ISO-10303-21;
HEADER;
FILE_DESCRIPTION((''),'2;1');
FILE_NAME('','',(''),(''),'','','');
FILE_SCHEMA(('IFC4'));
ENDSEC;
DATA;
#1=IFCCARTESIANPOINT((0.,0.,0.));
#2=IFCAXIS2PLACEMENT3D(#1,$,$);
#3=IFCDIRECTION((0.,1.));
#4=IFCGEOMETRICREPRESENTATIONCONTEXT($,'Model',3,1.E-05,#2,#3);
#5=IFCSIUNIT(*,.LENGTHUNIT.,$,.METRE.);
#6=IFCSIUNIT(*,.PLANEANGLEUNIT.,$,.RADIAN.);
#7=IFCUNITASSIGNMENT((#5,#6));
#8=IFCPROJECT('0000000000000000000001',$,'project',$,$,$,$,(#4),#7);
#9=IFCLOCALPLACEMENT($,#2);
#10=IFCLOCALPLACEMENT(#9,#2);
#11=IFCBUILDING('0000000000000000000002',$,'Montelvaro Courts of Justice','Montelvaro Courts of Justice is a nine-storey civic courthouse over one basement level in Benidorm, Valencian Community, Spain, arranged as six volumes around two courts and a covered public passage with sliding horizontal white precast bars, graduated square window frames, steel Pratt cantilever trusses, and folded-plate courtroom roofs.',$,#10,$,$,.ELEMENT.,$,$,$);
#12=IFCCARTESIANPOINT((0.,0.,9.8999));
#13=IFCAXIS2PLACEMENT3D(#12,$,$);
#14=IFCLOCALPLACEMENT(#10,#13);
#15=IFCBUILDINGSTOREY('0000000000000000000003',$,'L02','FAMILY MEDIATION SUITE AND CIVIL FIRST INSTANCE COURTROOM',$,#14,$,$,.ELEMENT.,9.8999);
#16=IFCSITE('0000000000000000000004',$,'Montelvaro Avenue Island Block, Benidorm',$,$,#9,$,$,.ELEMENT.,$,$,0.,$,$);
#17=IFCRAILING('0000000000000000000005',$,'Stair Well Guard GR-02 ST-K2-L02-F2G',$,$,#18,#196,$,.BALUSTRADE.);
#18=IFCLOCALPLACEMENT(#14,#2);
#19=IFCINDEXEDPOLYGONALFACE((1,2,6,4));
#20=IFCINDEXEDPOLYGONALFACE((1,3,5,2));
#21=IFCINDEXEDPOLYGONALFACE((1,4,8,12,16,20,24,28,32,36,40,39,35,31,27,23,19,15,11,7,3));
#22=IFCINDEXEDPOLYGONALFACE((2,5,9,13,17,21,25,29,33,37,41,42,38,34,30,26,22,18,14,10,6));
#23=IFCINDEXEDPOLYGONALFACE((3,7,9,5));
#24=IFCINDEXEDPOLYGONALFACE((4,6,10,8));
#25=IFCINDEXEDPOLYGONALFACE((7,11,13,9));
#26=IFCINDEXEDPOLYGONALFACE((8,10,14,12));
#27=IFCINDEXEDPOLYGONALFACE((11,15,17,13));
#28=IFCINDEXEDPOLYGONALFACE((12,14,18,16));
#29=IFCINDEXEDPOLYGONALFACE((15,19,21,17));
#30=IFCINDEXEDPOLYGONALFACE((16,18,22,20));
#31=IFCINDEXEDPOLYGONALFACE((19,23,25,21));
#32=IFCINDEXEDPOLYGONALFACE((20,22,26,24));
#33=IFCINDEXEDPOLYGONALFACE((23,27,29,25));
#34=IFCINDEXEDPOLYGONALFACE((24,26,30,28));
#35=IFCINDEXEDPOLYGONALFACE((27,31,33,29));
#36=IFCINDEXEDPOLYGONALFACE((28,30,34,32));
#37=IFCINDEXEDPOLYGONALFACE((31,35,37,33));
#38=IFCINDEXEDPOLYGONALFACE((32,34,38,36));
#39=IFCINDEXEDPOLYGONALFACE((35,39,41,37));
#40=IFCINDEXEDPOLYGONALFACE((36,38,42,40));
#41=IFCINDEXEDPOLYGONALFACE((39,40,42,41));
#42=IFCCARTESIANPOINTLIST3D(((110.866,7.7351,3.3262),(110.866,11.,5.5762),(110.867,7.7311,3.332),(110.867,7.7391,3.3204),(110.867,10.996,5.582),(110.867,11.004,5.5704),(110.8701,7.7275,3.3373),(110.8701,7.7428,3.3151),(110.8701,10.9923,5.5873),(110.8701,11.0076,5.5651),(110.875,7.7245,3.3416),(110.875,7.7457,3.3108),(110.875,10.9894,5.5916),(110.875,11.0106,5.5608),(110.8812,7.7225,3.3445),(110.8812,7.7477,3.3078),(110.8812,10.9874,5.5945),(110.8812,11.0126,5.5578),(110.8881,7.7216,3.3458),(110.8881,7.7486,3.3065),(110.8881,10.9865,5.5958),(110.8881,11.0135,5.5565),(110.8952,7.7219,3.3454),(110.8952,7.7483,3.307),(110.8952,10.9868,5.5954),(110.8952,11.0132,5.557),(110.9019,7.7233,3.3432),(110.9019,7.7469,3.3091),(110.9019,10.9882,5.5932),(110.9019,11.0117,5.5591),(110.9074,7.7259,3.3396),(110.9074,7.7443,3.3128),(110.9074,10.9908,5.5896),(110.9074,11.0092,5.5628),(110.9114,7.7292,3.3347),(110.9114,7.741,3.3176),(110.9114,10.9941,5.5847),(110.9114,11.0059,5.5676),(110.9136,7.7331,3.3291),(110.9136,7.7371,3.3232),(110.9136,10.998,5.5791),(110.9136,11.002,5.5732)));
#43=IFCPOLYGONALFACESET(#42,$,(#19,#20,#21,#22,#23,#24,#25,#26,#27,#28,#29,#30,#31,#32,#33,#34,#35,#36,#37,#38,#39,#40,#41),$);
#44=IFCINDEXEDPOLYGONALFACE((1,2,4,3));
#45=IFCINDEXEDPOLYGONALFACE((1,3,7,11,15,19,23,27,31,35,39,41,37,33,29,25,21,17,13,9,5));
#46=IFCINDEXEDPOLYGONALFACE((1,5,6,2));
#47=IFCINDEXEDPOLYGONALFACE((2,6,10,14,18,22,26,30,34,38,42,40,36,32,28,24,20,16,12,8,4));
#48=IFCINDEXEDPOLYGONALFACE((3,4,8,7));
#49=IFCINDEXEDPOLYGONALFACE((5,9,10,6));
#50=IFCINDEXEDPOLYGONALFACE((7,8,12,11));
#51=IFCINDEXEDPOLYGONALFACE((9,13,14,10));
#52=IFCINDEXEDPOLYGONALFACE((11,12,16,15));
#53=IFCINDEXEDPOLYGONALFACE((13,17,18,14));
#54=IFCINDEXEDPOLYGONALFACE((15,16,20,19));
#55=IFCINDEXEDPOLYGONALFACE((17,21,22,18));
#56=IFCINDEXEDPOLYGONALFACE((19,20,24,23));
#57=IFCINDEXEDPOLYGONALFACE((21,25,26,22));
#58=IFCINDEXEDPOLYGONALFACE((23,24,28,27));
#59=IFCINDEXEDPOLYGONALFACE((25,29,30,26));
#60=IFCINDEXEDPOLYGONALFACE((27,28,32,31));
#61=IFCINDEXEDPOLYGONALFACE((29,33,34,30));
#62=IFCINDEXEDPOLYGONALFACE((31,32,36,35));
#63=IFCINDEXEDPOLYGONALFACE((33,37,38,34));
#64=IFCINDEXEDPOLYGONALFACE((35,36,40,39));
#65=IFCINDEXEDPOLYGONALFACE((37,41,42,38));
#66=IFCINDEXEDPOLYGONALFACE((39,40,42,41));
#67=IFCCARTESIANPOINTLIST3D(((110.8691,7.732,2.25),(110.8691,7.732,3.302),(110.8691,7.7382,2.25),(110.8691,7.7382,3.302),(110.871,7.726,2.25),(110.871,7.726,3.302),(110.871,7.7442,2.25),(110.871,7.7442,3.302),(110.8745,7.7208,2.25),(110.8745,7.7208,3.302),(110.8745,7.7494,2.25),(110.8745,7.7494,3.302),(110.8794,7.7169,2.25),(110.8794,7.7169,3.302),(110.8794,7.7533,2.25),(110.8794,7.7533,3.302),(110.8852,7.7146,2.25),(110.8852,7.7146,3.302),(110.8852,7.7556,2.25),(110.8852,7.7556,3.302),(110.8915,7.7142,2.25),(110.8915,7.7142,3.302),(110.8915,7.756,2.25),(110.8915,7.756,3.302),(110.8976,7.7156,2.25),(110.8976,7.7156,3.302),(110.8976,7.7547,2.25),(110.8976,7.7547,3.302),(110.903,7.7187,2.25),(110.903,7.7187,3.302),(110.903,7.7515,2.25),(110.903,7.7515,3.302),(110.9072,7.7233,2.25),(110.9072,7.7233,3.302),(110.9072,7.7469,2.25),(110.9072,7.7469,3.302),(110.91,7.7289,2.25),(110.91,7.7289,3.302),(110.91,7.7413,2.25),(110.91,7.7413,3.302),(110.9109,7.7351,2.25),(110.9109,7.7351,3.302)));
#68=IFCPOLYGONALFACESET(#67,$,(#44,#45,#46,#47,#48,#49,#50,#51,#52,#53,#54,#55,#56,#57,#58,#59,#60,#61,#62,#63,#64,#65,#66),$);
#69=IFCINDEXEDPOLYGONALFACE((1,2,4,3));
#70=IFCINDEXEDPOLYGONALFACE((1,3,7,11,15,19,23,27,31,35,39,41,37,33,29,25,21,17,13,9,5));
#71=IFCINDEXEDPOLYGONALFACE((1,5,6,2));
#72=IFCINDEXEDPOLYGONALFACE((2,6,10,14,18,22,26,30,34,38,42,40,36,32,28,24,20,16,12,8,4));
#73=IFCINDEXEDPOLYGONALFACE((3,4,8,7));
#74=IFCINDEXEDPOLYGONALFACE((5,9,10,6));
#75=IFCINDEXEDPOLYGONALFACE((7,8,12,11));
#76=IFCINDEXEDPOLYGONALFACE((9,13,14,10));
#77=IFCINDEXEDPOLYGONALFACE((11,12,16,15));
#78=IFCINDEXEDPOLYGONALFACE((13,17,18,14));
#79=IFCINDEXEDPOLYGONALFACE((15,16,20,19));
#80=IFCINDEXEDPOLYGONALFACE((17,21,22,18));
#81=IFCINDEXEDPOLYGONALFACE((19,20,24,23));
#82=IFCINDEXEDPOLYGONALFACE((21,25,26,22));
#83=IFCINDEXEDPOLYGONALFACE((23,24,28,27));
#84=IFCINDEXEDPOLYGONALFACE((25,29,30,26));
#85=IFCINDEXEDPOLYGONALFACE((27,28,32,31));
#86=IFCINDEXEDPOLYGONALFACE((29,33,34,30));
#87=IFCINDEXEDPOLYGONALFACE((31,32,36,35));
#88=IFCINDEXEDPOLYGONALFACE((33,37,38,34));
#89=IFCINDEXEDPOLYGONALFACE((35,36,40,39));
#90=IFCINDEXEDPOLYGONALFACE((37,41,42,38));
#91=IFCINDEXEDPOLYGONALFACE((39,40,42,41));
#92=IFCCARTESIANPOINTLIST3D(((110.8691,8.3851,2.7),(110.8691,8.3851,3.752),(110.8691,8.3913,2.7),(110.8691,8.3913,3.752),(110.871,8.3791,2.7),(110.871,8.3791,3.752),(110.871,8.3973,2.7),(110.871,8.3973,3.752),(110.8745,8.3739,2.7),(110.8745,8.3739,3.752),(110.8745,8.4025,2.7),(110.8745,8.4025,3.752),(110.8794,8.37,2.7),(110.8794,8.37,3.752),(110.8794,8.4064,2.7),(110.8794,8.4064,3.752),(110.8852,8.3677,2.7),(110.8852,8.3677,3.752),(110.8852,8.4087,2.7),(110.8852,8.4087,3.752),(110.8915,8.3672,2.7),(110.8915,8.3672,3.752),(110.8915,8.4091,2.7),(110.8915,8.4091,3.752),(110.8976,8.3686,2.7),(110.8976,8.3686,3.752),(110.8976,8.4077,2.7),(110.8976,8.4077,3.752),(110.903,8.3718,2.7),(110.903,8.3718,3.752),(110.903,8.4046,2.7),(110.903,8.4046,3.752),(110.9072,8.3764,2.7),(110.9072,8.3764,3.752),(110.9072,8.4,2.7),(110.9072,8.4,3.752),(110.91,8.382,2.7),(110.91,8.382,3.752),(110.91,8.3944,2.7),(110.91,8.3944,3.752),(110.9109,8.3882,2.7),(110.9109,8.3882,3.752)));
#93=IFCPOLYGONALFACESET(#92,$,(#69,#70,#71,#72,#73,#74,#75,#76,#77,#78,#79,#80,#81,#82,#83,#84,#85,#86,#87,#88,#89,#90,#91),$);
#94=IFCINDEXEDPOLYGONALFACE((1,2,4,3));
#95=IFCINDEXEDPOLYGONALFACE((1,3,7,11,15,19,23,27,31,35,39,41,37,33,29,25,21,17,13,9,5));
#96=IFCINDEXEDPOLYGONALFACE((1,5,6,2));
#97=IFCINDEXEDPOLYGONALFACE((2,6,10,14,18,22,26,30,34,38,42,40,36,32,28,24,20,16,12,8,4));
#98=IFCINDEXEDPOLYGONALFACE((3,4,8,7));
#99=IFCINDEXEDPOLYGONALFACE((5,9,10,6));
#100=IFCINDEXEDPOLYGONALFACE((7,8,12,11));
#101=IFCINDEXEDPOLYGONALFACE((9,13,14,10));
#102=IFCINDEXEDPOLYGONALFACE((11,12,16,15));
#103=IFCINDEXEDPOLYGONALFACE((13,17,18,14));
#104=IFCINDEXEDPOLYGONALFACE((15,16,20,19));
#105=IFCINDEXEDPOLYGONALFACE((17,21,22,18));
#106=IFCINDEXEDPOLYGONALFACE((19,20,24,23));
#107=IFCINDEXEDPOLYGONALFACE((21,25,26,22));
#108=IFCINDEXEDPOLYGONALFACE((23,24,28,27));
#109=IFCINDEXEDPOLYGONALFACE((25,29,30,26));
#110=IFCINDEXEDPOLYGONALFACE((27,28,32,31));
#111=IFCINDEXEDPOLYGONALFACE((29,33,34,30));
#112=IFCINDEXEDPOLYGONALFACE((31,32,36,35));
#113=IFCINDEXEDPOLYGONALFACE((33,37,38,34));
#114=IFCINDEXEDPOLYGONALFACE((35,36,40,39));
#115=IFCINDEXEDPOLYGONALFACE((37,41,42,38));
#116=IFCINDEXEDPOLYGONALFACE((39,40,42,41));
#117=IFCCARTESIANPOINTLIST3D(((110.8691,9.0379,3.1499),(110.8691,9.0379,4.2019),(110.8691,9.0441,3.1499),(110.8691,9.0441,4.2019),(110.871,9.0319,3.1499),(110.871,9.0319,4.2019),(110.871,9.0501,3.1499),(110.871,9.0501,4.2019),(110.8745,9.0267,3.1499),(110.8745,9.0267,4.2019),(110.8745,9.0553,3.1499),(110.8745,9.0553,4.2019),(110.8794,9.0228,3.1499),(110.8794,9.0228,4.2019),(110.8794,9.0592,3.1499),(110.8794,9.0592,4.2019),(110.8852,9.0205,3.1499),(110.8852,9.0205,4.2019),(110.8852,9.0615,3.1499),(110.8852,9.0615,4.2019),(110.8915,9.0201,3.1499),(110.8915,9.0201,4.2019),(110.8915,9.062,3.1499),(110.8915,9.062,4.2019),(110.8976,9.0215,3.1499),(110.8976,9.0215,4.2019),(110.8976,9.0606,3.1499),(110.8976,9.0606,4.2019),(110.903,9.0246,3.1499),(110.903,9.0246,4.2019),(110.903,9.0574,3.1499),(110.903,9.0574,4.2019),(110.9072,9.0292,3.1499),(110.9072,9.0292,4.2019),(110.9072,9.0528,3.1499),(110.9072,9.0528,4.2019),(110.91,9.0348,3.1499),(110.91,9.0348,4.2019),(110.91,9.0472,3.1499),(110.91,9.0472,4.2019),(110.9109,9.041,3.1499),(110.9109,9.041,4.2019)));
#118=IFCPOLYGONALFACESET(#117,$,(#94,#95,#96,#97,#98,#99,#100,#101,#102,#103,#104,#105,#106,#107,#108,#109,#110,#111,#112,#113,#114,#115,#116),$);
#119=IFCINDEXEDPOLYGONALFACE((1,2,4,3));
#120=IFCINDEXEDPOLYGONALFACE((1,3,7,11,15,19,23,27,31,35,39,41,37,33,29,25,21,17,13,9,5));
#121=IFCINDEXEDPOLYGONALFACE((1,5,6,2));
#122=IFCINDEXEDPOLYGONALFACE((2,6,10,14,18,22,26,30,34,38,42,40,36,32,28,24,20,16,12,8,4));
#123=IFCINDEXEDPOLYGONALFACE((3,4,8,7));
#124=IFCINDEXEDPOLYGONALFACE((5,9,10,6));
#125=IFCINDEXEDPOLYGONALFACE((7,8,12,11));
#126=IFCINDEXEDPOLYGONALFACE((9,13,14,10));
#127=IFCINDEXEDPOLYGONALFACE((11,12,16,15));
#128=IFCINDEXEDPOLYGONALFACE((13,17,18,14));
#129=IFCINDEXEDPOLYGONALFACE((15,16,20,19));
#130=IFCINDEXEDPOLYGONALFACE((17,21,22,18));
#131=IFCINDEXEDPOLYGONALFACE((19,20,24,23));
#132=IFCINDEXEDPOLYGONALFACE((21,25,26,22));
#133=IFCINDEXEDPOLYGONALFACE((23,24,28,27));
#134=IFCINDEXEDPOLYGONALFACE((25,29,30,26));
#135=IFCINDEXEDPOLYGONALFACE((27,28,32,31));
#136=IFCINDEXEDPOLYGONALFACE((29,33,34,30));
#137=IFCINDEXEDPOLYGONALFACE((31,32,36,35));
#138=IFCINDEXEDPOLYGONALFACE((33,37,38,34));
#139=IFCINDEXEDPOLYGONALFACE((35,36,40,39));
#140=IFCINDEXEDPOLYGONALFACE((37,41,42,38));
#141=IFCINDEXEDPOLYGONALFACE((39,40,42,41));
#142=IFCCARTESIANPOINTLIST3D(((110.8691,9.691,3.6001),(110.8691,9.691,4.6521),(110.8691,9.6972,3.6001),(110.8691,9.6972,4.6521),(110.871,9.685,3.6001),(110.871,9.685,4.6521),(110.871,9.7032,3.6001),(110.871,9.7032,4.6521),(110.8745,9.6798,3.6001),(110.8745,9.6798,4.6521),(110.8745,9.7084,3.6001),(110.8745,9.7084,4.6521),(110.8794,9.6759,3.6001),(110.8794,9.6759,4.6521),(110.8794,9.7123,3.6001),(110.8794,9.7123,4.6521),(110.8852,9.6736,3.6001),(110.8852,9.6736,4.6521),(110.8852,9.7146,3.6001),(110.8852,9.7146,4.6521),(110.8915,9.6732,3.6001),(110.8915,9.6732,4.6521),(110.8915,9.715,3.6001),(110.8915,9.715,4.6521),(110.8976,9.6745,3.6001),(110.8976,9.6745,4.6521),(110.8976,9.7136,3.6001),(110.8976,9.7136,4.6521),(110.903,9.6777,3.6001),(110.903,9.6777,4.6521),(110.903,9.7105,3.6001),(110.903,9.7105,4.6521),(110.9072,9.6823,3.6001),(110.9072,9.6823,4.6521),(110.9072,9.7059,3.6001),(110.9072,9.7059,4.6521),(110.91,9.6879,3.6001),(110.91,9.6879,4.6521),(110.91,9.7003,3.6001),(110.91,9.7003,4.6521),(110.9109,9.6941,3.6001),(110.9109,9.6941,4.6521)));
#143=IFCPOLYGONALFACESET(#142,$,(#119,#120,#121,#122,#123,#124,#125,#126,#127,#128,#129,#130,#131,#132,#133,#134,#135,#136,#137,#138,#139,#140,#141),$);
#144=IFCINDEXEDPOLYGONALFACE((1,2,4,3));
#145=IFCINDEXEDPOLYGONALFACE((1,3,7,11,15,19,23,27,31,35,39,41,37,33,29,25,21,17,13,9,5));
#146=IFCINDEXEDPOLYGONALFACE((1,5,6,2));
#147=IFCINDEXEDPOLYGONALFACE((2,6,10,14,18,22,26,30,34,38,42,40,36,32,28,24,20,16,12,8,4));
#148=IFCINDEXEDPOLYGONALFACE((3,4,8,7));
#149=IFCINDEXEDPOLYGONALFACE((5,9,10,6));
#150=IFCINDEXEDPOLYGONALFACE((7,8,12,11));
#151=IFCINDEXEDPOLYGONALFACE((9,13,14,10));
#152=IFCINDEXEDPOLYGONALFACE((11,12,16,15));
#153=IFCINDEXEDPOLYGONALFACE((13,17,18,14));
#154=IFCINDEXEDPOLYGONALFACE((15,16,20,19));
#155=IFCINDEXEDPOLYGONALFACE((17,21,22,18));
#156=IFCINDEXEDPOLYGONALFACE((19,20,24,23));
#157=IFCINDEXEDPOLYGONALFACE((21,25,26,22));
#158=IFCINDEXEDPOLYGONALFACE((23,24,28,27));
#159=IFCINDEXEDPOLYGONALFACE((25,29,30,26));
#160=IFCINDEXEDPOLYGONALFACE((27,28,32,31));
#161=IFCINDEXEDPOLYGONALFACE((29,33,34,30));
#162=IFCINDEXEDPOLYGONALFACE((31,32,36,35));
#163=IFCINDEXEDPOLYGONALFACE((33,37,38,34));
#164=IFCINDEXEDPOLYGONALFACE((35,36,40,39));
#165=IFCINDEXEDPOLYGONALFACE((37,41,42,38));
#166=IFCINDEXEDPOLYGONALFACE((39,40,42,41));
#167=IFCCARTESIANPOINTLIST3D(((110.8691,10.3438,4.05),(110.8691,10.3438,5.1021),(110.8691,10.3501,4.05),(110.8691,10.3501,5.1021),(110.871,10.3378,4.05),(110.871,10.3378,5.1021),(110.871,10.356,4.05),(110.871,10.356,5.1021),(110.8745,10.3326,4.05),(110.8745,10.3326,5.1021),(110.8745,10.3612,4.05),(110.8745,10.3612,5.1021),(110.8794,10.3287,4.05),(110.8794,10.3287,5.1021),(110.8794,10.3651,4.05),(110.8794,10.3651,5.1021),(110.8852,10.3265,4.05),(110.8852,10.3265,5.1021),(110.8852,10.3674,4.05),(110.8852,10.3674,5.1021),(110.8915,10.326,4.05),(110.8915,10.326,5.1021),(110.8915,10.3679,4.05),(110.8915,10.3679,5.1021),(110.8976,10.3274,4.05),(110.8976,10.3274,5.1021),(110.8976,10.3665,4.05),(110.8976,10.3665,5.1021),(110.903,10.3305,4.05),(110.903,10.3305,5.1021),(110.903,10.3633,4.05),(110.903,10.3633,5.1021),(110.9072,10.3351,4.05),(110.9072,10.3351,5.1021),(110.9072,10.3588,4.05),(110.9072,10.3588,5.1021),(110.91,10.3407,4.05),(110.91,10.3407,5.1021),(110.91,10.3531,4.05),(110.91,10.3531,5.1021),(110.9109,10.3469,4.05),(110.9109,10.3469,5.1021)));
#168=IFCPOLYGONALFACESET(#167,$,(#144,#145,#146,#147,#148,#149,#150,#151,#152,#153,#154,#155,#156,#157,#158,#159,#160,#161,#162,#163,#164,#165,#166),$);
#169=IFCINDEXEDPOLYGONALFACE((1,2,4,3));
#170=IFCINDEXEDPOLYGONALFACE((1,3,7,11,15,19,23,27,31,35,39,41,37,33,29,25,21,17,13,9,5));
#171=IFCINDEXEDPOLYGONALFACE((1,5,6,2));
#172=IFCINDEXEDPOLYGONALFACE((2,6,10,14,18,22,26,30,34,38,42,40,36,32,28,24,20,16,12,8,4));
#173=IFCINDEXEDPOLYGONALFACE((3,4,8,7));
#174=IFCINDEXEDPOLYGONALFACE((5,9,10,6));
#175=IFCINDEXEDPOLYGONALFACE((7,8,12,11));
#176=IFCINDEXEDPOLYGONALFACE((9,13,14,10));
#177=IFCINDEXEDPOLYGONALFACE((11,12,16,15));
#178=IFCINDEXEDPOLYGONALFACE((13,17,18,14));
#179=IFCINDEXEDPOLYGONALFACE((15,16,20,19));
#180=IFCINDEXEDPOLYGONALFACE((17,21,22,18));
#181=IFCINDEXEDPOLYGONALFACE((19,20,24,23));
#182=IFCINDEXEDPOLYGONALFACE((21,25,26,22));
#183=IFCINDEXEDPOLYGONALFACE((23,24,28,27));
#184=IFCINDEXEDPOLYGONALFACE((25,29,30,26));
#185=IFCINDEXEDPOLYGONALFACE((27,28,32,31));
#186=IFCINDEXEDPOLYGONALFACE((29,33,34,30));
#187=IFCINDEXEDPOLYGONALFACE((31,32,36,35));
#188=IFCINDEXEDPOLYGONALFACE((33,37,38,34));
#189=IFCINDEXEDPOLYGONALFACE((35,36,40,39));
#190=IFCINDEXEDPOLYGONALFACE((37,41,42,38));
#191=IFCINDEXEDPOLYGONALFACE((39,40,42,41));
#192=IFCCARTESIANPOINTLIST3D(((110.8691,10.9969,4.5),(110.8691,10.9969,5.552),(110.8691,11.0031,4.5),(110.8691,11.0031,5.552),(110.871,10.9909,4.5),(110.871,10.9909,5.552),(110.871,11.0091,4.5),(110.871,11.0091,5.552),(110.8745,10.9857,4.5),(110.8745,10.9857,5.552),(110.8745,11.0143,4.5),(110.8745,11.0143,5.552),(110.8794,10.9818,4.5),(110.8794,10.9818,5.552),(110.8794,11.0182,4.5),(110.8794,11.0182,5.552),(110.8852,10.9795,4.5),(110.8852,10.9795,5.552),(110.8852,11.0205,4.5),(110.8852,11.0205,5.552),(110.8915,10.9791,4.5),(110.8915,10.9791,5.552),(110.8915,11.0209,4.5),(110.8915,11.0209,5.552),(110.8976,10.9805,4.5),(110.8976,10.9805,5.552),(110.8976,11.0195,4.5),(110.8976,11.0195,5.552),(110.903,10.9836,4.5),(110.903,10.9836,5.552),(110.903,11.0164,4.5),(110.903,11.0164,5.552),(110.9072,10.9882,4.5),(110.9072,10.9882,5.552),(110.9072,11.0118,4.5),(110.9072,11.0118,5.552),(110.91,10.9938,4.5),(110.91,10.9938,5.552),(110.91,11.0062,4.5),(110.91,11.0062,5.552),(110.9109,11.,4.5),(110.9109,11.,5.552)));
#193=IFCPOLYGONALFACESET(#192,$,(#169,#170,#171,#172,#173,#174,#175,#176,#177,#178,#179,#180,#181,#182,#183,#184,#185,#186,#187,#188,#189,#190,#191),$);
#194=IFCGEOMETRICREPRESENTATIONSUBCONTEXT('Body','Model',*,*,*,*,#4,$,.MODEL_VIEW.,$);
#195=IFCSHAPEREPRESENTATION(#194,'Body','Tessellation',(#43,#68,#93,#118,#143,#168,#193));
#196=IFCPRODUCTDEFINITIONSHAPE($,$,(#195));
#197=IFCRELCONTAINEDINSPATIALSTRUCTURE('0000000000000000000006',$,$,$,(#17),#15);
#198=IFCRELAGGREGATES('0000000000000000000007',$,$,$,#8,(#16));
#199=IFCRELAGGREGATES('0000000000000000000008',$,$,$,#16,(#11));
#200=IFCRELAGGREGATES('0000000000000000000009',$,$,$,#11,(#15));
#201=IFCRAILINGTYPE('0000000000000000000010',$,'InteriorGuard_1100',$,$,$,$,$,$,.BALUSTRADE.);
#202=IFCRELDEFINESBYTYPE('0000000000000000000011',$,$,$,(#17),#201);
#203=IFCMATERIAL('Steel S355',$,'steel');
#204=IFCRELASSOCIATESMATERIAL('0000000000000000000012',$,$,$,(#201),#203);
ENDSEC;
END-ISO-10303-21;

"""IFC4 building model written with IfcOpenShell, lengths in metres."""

from ifc_helpers import new_model, si_unit, direction, frame, origin, origin_2d, place, context, subcontext, project, spatial, circle, extrude, material, type_object, element, save


model = new_model("IFC4")

# Units and contexts
model_context = context("Model", 3, precision=1e-05, world=origin(), true_north=direction((0.0, 1.0)))
body_context = subcontext(model_context, "Body", "Model", "MODEL_VIEW")
ifc_project = project(units=[si_unit("LENGTHUNIT", "METRE"), si_unit("PLANEANGLEUNIT", "RADIAN")], contexts=[model_context])

# Site, building, storey
site_placement = place(None, origin())
site = spatial("IfcSite", under=ifc_project, at=site_placement, Name="Montelvaro Avenue Island Block, Benidorm", CompositionType="ELEMENT", RefElevation=0.0)
building_placement = place(site_placement, origin())
building = spatial("IfcBuilding", under=site, at=building_placement, Name="Montelvaro Courts of Justice", Description="Montelvaro Courts of Justice is a nine-storey civic courthouse over one basement level in Benidorm, Valencian Community, Spain, arranged as six volumes around two courts and a covered public passage with sliding horizontal white precast bars, graduated square window frames, steel Pratt cantilever trusses, and folded-plate courtroom roofs.", CompositionType="ELEMENT")
storey_placement = place(building_placement, frame((0.0, 0.0, 9.8999)))
storey = spatial("IfcBuildingStorey", under=building, at=storey_placement, Name="L02", Description="FAMILY MEDIATION SUITE AND CIVIL FIRST INSTANCE COURTROOM", CompositionType="ELEMENT", Elevation=9.8999)

# Shared definitions
ifc_material_1 = material(Name="Steel S355", Category="steel")

# Railing
railing_type_1 = type_object("IfcRailingType", Name="InteriorGuard_1100", PredefinedType="BALUSTRADE", material=ifc_material_1)
railing_1_placement = place(storey_placement, frame((110.8899, 7.7351, 2.25)))
element("IfcRailing", 1, at=railing_1_placement, inside=storey, type_object=railing_type_1, Name="Stair Well Guard GR-02 ST-K2-L02-F2G", PredefinedType="BALUSTRADE", context=body_context, shape_type="SweptSolid", body=[
    extrude(circle(Radius=0.0239, at=origin_2d()), frame((0.0, 0.0, 1.0762), z_axis=(0.0, 0.823407, 0.567451), x_axis=(-1.0, 0.0, 0.0)), (0.0, 0.0, 1.0), 3.9651),
    extrude(circle(Radius=0.021, at=origin_2d()), origin(), (0.0, 0.0, 1.0), 1.052),
    extrude(circle(Radius=0.021, at=origin_2d()), frame((0.0, 0.6531, 0.45)), (0.0, 0.0, 1.0), 1.052),
    extrude(circle(Radius=0.021, at=origin_2d()), frame((0.0, 1.3059, 0.8999)), (0.0, 0.0, 1.0), 1.052),
    extrude(circle(Radius=0.021, at=origin_2d()), frame((0.0, 1.959, 1.3501)), (0.0, 0.0, 1.0), 1.052),
    extrude(circle(Radius=0.021, at=origin_2d()), frame((0.0, 2.6118, 1.8)), (0.0, 0.0, 1.0), 1.052),
    extrude(circle(Radius=0.021, at=origin_2d()), frame((0.0, 3.2649, 2.25)), (0.0, 0.0, 1.0), 1.052),
])

save(model, "model.ifc")
